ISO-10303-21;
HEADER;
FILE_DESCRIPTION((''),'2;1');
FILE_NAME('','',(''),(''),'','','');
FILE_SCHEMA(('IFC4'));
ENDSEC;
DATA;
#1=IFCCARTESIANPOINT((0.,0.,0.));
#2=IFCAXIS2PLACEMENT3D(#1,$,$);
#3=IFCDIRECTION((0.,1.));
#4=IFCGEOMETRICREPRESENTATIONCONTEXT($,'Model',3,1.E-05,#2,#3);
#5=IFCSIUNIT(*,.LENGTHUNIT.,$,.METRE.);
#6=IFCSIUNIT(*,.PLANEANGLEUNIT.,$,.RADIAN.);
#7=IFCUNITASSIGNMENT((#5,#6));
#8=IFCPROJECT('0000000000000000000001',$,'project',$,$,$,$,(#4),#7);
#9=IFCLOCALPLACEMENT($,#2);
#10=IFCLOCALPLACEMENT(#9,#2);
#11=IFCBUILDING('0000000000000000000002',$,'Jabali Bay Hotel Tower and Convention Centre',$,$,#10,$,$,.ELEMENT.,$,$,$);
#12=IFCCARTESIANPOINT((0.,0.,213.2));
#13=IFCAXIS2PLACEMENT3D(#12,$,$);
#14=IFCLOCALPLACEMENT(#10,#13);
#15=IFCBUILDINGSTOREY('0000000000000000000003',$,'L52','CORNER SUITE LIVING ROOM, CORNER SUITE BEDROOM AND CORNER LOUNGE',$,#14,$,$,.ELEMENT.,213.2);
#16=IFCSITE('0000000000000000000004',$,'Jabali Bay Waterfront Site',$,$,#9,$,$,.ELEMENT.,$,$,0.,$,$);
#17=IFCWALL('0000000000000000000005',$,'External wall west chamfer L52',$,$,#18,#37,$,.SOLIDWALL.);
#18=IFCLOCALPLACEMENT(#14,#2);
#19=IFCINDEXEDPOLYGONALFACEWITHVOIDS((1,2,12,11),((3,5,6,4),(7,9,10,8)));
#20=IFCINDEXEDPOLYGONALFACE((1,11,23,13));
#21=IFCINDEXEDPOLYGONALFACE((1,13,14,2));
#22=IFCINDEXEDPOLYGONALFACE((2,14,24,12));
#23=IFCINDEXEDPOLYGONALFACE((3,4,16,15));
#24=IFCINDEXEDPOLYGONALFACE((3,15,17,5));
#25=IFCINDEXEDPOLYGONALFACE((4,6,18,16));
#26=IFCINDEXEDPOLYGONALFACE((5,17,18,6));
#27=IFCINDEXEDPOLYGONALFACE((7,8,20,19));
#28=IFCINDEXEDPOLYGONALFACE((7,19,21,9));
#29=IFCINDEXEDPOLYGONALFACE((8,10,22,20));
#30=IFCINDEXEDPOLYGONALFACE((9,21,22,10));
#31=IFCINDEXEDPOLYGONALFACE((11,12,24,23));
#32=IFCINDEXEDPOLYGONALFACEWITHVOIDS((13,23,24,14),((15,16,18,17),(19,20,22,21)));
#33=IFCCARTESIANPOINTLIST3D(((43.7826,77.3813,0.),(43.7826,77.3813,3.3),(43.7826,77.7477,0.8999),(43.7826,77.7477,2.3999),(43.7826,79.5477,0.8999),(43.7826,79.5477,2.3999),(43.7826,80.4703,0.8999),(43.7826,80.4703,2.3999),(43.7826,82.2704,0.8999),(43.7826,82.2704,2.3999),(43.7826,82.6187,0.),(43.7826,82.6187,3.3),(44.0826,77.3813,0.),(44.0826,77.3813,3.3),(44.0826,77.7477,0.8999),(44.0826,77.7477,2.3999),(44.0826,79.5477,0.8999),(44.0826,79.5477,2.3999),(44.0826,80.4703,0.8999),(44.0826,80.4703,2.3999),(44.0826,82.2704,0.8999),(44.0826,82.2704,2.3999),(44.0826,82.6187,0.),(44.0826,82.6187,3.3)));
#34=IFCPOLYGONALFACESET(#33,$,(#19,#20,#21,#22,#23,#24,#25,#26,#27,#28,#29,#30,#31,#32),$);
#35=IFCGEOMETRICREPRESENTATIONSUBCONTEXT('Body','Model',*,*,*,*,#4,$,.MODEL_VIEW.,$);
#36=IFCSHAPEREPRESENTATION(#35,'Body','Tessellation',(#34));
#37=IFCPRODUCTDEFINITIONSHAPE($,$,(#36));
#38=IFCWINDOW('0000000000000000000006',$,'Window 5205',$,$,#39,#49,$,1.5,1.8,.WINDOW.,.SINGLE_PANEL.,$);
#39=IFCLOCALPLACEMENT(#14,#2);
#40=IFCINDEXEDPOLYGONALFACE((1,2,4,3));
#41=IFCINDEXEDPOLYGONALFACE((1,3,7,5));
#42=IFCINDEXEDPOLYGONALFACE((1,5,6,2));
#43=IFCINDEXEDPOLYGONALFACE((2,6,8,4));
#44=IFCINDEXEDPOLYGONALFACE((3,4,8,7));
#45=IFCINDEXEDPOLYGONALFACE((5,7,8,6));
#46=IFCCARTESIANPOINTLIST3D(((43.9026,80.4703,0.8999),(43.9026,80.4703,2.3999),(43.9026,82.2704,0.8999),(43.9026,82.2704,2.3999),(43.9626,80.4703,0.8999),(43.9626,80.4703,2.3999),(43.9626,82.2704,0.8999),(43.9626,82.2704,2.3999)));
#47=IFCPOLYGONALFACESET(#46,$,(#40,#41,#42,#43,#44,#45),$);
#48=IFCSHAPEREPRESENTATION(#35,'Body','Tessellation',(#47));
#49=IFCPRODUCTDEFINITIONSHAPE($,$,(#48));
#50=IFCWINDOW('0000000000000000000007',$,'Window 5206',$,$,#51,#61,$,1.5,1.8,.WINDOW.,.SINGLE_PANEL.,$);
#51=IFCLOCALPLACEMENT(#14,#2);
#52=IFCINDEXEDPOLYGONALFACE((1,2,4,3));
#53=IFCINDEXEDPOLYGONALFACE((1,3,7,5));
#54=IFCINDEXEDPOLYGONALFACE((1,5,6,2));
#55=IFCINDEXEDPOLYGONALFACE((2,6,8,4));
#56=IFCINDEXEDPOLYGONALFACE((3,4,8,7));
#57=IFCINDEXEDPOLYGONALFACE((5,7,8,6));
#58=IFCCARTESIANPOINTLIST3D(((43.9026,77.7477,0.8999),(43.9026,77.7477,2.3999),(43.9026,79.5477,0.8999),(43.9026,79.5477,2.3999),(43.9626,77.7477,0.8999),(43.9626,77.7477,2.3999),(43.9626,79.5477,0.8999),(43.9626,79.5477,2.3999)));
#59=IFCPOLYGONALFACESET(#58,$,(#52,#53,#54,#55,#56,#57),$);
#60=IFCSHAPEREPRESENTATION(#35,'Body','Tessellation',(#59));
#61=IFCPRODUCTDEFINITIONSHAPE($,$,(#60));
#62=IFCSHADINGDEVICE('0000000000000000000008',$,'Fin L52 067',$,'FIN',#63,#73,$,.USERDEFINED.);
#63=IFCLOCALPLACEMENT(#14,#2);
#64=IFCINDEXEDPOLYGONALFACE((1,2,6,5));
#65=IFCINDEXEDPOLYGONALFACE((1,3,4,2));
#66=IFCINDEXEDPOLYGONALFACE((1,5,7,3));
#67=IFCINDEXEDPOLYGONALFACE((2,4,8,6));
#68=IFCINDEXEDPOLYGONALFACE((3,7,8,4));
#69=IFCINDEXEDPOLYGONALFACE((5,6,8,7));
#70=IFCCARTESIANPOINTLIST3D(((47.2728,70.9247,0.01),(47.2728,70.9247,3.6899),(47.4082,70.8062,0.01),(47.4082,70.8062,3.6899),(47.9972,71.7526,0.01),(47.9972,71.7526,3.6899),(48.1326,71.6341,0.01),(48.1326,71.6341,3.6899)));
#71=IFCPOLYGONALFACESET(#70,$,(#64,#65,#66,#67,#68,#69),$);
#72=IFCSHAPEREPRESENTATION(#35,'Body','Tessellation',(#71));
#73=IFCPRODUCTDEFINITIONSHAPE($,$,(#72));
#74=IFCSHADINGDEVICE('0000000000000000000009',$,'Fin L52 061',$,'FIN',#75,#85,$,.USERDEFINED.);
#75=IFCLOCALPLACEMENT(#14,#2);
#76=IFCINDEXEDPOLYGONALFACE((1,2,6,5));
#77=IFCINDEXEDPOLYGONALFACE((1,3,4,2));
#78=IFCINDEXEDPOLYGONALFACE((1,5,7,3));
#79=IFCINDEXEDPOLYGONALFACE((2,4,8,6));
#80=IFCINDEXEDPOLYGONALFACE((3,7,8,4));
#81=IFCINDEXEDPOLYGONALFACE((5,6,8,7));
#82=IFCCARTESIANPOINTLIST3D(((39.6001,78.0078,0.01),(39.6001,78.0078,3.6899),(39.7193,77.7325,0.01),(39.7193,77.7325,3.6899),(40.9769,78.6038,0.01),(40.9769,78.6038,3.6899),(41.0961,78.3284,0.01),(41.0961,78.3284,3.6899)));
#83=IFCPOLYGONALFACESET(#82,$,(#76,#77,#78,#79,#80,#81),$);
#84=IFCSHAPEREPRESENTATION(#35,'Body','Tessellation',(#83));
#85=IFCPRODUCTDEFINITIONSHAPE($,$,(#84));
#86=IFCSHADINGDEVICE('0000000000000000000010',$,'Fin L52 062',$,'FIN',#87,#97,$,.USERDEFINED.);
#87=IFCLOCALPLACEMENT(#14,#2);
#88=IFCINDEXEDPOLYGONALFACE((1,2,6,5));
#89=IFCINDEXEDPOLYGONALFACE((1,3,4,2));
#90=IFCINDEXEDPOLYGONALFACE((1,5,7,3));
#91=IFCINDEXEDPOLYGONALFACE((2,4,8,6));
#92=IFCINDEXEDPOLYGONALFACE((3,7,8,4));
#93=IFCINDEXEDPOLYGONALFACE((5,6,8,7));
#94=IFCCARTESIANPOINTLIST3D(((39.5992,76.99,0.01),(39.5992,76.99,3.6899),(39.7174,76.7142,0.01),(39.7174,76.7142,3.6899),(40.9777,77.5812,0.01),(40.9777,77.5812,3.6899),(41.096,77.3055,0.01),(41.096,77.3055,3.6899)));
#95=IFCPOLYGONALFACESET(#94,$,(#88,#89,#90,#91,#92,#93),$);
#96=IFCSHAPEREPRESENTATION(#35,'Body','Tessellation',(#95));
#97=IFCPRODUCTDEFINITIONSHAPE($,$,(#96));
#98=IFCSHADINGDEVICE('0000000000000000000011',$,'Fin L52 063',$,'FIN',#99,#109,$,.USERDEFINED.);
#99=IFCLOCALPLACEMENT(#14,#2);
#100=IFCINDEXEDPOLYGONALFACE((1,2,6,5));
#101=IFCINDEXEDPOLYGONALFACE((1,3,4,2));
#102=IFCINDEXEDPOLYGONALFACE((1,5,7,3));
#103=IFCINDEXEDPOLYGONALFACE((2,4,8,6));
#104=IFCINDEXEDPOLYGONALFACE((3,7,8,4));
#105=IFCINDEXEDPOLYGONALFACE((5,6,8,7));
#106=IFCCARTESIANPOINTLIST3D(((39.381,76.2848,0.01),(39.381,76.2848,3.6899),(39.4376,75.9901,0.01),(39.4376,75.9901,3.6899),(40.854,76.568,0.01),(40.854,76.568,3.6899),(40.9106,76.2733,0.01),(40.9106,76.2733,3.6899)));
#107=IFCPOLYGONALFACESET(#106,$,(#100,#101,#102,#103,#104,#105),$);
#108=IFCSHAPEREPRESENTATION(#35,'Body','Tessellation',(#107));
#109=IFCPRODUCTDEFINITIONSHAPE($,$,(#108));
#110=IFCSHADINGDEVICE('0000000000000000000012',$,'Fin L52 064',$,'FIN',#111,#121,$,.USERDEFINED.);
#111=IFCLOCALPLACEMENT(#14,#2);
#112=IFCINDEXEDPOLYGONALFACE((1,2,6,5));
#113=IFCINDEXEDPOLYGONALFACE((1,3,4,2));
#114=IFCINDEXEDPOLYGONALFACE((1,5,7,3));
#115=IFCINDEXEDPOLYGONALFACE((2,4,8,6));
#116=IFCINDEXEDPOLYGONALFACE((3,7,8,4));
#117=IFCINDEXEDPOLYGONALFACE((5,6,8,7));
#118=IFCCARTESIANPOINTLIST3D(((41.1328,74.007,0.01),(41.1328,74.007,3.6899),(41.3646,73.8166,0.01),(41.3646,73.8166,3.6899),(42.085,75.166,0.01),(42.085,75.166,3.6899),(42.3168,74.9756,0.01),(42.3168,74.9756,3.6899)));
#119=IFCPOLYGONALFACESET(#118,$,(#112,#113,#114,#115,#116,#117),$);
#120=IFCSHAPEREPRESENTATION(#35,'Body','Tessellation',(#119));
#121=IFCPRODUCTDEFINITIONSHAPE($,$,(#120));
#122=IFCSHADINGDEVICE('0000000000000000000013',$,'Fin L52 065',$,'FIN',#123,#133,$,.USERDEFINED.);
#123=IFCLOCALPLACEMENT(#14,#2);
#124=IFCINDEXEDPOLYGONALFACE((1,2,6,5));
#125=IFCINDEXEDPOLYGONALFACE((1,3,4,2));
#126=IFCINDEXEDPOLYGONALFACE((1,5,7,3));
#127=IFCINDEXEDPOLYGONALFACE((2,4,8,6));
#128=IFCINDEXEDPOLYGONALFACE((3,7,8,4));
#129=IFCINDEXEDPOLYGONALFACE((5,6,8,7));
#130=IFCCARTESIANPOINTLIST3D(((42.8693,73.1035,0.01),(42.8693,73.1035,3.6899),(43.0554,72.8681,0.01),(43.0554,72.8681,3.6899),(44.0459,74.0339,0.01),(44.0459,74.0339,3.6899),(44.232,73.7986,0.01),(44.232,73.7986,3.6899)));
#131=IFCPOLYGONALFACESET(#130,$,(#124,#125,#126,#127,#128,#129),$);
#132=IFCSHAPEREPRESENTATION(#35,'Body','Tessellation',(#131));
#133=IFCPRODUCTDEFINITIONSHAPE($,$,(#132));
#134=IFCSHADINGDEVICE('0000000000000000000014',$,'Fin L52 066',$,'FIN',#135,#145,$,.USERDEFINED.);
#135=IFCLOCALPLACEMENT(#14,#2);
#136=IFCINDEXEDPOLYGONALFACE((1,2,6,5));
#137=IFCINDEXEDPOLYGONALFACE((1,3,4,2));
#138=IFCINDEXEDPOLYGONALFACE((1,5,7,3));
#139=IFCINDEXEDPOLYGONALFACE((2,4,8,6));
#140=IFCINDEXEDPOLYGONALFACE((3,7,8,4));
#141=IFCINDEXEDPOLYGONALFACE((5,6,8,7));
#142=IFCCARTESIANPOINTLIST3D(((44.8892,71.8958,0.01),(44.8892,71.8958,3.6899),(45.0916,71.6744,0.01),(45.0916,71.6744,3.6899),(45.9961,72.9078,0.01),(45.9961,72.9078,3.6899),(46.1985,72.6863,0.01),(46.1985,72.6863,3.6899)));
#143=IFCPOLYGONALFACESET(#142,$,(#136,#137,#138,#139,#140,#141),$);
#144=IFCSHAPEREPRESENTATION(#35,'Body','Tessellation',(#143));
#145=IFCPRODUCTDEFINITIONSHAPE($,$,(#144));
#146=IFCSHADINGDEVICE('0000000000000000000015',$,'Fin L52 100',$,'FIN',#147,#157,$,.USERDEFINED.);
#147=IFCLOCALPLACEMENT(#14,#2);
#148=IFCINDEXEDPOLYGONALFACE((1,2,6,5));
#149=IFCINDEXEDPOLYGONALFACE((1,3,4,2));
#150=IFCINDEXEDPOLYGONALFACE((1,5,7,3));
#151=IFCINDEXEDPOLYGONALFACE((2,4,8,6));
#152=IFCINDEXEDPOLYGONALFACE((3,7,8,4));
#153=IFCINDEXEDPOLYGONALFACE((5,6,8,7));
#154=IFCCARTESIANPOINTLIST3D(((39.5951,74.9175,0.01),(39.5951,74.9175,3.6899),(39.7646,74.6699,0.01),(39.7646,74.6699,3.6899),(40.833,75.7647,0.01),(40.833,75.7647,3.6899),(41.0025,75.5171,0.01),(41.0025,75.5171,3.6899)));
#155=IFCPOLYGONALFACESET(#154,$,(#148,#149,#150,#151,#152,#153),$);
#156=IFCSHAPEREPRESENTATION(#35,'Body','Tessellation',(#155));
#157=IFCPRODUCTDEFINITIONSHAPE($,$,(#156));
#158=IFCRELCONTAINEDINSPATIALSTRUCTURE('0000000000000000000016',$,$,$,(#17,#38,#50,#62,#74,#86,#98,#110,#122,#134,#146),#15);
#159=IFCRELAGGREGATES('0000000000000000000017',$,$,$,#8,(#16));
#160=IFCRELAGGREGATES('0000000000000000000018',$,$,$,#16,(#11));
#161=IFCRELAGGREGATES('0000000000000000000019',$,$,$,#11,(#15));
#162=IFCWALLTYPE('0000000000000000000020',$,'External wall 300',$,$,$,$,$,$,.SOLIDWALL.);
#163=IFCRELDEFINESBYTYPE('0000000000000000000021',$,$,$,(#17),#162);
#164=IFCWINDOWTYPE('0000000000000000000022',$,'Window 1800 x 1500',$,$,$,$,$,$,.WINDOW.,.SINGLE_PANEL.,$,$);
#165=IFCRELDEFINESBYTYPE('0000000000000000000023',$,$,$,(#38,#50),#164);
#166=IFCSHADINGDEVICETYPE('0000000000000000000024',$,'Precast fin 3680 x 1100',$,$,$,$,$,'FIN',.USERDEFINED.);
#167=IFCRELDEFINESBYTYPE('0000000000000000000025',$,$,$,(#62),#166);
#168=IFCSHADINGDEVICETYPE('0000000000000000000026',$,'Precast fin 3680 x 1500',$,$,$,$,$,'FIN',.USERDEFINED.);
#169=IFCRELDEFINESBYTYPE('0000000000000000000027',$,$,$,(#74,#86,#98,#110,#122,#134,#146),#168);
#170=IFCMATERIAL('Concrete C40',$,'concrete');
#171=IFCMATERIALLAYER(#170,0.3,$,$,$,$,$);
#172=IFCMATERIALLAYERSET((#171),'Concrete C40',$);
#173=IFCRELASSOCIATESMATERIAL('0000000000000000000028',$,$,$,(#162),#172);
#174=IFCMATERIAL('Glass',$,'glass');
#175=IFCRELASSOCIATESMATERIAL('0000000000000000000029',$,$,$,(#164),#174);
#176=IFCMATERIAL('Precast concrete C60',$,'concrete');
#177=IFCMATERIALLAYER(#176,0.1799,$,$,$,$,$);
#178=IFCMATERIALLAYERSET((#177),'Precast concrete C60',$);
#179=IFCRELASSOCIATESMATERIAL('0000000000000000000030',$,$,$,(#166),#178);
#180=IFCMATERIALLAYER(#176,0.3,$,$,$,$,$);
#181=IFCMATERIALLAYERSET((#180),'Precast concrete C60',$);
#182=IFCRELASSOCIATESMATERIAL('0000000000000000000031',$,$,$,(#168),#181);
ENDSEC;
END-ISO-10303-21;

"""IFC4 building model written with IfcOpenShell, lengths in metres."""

from ifc_helpers import new_model, si_unit, direction, frame, frame_2d, origin, place, context, subcontext, project, spatial, rectangle, extrude, material, layer, layer_set, type_object, element, fill, save


model = new_model("IFC4")

# Units and contexts
model_context = context("Model", 3, precision=1e-05, world=origin(), true_north=direction((0.0, 1.0)))
body_context = subcontext(model_context, "Body", "Model", "MODEL_VIEW")
ifc_project = project(units=[si_unit("LENGTHUNIT", "METRE"), si_unit("PLANEANGLEUNIT", "RADIAN")], contexts=[model_context])

# Site, building, storey
site_placement = place(None, origin())
site = spatial("IfcSite", under=ifc_project, at=site_placement, Name="Jabali Bay Waterfront Site", CompositionType="ELEMENT", RefElevation=0.0)
building_placement = place(site_placement, origin())
building = spatial("IfcBuilding", under=site, at=building_placement, Name="Jabali Bay Hotel Tower and Convention Centre", CompositionType="ELEMENT")
storey_placement = place(building_placement, frame((0.0, 0.0, 213.2)))
storey = spatial("IfcBuildingStorey", under=building, at=storey_placement, Name="L52", Description="CORNER SUITE LIVING ROOM, CORNER SUITE BEDROOM AND CORNER LOUNGE", CompositionType="ELEMENT", Elevation=213.2)

# Shared definitions
ifc_material_1 = material(Name="Concrete C40", Category="concrete")

# Wall, openings, windows
ifc_layer_1 = layer(ifc_material_1, 0.3)
ifc_layer_set_1 = layer_set([ifc_layer_1], Name="Concrete C40")
wall_type_1 = type_object("IfcWallType", Name="External wall 300", PredefinedType="SOLIDWALL", material=ifc_layer_set_1)
wall_1_placement = place(storey_placement, frame((43.9326, 77.3813, 0.0), z_axis=(0.0, 0.0, 1.0), x_axis=(0.0, 1.0, 0.0)))
wall_1 = element("IfcWall", 1, at=wall_1_placement, inside=storey, type_object=wall_type_1, Name="External wall west chamfer L52", PredefinedType="SOLIDWALL", context=body_context, shape_type="SweptSolid", body=[
    extrude(rectangle(XDim=5.2373, YDim=0.3, at=frame_2d((2.6187, 0.0))), origin(), (0.0, 0.0, 1.0), 3.3),
])
opening_1_placement = place(wall_1_placement, frame((3.0891, 0.0, 0.8999)))
opening_1 = element("IfcOpeningElement", 2, at=opening_1_placement, cuts=wall_1, PredefinedType="OPENING", context=body_context, shape_type="SweptSolid", body=[
    extrude(rectangle(XDim=1.8, YDim=1.5, at=frame_2d((0.8999, 0.75))), frame((0.0, 0.1606, 0.0), z_axis=(0.0, -1.0, 0.0), x_axis=(1.0, 0.0, 0.0)), (0.0, 0.0, 1.0), 0.321),
])
opening_2_placement = place(wall_1_placement, frame((0.3665, 0.0, 0.8999)))
opening_2 = element("IfcOpeningElement", 3, at=opening_2_placement, cuts=wall_1, PredefinedType="OPENING", context=body_context, shape_type="SweptSolid", body=[
    extrude(rectangle(XDim=1.8, YDim=1.5, at=frame_2d((0.8999, 0.75))), frame((0.0, 0.1606, 0.0), z_axis=(0.0, -1.0, 0.0), x_axis=(1.0, 0.0, 0.0)), (0.0, 0.0, 1.0), 0.321),
])
ifc_material_2 = material(Name="Glass", Category="glass")
window_type = type_object("IfcWindowType", Name="Window 1800 x 1500", PartitioningType="SINGLE_PANEL", PredefinedType="WINDOW", material=ifc_material_2)
window_1_placement = place(opening_1_placement, origin())
window_1 = element("IfcWindow", 4, at=window_1_placement, inside=storey, type_object=window_type, Name="Window 5205", OverallHeight=1.5, OverallWidth=1.8, PartitioningType="SINGLE_PANEL", PredefinedType="WINDOW", context=body_context, shape_type="SweptSolid", body=[
    extrude(rectangle(XDim=1.8, YDim=1.5, at=frame_2d((0.8999, 0.75))), frame((0.0, 0.03, 0.0), z_axis=(0.0, -1.0, 0.0), x_axis=(1.0, 0.0, 0.0)), (0.0, 0.0, 1.0), 0.0601),
])
fill(opening_1, window_1)
window_2_placement = place(opening_2_placement, origin())
window_2 = element("IfcWindow", 5, at=window_2_placement, inside=storey, type_object=window_type, Name="Window 5206", OverallHeight=1.5, OverallWidth=1.8, PartitioningType="SINGLE_PANEL", PredefinedType="WINDOW", context=body_context, shape_type="SweptSolid", body=[
    extrude(rectangle(XDim=1.8, YDim=1.5, at=frame_2d((0.8999, 0.75))), frame((0.0, 0.03, 0.0), z_axis=(0.0, -1.0, 0.0), x_axis=(1.0, 0.0, 0.0)), (0.0, 0.0, 1.0), 0.0601),
])
fill(opening_2, window_2)

# Shading devices
ifc_material_3 = material(Name="Precast concrete C60", Category="concrete")
ifc_layer_2 = layer(ifc_material_3, 0.1799)
ifc_layer_set_2 = layer_set([ifc_layer_2], Name="Precast concrete C60")
shading_device_type_1 = type_object("IfcShadingDeviceType", Name="Precast fin 3680 x 1100", ElementType="FIN", PredefinedType="USERDEFINED", material=ifc_layer_set_2)
shading_device_1_placement = place(storey_placement, frame((48.0649, 71.6934, 0.01), z_axis=(0.0, 0.0, 1.0), x_axis=(-0.658489, -0.75259, 0.0)))
element("IfcShadingDevice", 6, at=shading_device_1_placement, inside=storey, type_object=shading_device_type_1, Name="Fin L52 067", ObjectType="FIN", PredefinedType="USERDEFINED", context=body_context, shape_type="SweptSolid", body=[
    extrude(rectangle(XDim=1.1001, YDim=0.1799, at=frame_2d((0.55, 0.0))), origin(), (0.0, 0.0, 1.0), 3.6799),
])
ifc_layer_3 = layer(ifc_material_3, 0.3)
ifc_layer_set_3 = layer_set([ifc_layer_3], Name="Precast concrete C60")
shading_device_type_2 = type_object("IfcShadingDeviceType", Name="Precast fin 3680 x 1500", ElementType="FIN", PredefinedType="USERDEFINED", material=ifc_layer_set_3)
shading_device_2_placement = place(storey_placement, frame((41.0364, 78.4661, 0.01), z_axis=(0.0, 0.0, 1.0), x_axis=(-0.917708, -0.397256, 0.0)))
element("IfcShadingDevice", 7, at=shading_device_2_placement, inside=storey, type_object=shading_device_type_2, Name="Fin L52 061", ObjectType="FIN", PredefinedType="USERDEFINED", context=body_context, shape_type="SweptSolid", body=[
    extrude(rectangle(XDim=1.5002, YDim=0.3, at=frame_2d((0.75, 0.0))), origin(), (0.0, 0.0, 1.0), 3.6799),
])
for number, where, z_axis, x_axis, name in (
    (8, (41.0369, 77.4434, 0.01), (0.0, 0.0, 1.0), (-0.919036, -0.394175, 0.0), "Fin L52 062"),
    (9, (40.8823, 76.4207, 0.01), (0.0, 0.0, 1.0), (-0.982018, -0.188787, 0.0), "Fin L52 063"),
    (10, (42.2009, 75.0708, 0.01), (0.0, 0.0, 1.0), (-0.634805, -0.772672, 0.0), "Fin L52 064"),
    (11, (44.1389, 73.9163, 0.01), (0.0, 0.0, 1.0), (-0.784366, -0.620298, 0.0), "Fin L52 065"),
):
    element("IfcShadingDevice", number, at=place(storey_placement, frame(where, z_axis=z_axis, x_axis=x_axis)), inside=storey, type_object=shading_device_type_2, Name=name, ObjectType="FIN", PredefinedType="USERDEFINED", context=body_context, shape_type="SweptSolid", body=[
        extrude(rectangle(XDim=1.5, YDim=0.3, at=frame_2d((0.75, 0.0))), origin(), (0.0, 0.0, 1.0), 3.6799),
    ])
shading_device_3_placement = place(storey_placement, frame((46.0974, 72.7971, 0.01), z_axis=(0.0, 0.0, 1.0), x_axis=(-0.738059, -0.674736, 0.0)))
element("IfcShadingDevice", 12, at=shading_device_3_placement, inside=storey, type_object=shading_device_type_2, Name="Fin L52 066", ObjectType="FIN", PredefinedType="USERDEFINED", context=body_context, shape_type="SweptSolid", body=[
    extrude(rectangle(XDim=1.4998, YDim=0.3, at=frame_2d((0.75, 0.0))), origin(), (0.0, 0.0, 1.0), 3.6799),
])
shading_device_4_placement = place(storey_placement, frame((40.9177, 75.6409, 0.01), z_axis=(0.0, 0.0, 1.0), x_axis=(-0.825227, -0.564801, 0.0)))
element("IfcShadingDevice", 13, at=shading_device_4_placement, inside=storey, type_object=shading_device_type_2, Name="Fin L52 100", ObjectType="FIN", PredefinedType="USERDEFINED", context=body_context, shape_type="SweptSolid", body=[
    extrude(rectangle(XDim=1.5, YDim=0.3, at=frame_2d((0.75, 0.0))), origin(), (0.0, 0.0, 1.0), 3.6799),
])

save(model, "model.ifc")
